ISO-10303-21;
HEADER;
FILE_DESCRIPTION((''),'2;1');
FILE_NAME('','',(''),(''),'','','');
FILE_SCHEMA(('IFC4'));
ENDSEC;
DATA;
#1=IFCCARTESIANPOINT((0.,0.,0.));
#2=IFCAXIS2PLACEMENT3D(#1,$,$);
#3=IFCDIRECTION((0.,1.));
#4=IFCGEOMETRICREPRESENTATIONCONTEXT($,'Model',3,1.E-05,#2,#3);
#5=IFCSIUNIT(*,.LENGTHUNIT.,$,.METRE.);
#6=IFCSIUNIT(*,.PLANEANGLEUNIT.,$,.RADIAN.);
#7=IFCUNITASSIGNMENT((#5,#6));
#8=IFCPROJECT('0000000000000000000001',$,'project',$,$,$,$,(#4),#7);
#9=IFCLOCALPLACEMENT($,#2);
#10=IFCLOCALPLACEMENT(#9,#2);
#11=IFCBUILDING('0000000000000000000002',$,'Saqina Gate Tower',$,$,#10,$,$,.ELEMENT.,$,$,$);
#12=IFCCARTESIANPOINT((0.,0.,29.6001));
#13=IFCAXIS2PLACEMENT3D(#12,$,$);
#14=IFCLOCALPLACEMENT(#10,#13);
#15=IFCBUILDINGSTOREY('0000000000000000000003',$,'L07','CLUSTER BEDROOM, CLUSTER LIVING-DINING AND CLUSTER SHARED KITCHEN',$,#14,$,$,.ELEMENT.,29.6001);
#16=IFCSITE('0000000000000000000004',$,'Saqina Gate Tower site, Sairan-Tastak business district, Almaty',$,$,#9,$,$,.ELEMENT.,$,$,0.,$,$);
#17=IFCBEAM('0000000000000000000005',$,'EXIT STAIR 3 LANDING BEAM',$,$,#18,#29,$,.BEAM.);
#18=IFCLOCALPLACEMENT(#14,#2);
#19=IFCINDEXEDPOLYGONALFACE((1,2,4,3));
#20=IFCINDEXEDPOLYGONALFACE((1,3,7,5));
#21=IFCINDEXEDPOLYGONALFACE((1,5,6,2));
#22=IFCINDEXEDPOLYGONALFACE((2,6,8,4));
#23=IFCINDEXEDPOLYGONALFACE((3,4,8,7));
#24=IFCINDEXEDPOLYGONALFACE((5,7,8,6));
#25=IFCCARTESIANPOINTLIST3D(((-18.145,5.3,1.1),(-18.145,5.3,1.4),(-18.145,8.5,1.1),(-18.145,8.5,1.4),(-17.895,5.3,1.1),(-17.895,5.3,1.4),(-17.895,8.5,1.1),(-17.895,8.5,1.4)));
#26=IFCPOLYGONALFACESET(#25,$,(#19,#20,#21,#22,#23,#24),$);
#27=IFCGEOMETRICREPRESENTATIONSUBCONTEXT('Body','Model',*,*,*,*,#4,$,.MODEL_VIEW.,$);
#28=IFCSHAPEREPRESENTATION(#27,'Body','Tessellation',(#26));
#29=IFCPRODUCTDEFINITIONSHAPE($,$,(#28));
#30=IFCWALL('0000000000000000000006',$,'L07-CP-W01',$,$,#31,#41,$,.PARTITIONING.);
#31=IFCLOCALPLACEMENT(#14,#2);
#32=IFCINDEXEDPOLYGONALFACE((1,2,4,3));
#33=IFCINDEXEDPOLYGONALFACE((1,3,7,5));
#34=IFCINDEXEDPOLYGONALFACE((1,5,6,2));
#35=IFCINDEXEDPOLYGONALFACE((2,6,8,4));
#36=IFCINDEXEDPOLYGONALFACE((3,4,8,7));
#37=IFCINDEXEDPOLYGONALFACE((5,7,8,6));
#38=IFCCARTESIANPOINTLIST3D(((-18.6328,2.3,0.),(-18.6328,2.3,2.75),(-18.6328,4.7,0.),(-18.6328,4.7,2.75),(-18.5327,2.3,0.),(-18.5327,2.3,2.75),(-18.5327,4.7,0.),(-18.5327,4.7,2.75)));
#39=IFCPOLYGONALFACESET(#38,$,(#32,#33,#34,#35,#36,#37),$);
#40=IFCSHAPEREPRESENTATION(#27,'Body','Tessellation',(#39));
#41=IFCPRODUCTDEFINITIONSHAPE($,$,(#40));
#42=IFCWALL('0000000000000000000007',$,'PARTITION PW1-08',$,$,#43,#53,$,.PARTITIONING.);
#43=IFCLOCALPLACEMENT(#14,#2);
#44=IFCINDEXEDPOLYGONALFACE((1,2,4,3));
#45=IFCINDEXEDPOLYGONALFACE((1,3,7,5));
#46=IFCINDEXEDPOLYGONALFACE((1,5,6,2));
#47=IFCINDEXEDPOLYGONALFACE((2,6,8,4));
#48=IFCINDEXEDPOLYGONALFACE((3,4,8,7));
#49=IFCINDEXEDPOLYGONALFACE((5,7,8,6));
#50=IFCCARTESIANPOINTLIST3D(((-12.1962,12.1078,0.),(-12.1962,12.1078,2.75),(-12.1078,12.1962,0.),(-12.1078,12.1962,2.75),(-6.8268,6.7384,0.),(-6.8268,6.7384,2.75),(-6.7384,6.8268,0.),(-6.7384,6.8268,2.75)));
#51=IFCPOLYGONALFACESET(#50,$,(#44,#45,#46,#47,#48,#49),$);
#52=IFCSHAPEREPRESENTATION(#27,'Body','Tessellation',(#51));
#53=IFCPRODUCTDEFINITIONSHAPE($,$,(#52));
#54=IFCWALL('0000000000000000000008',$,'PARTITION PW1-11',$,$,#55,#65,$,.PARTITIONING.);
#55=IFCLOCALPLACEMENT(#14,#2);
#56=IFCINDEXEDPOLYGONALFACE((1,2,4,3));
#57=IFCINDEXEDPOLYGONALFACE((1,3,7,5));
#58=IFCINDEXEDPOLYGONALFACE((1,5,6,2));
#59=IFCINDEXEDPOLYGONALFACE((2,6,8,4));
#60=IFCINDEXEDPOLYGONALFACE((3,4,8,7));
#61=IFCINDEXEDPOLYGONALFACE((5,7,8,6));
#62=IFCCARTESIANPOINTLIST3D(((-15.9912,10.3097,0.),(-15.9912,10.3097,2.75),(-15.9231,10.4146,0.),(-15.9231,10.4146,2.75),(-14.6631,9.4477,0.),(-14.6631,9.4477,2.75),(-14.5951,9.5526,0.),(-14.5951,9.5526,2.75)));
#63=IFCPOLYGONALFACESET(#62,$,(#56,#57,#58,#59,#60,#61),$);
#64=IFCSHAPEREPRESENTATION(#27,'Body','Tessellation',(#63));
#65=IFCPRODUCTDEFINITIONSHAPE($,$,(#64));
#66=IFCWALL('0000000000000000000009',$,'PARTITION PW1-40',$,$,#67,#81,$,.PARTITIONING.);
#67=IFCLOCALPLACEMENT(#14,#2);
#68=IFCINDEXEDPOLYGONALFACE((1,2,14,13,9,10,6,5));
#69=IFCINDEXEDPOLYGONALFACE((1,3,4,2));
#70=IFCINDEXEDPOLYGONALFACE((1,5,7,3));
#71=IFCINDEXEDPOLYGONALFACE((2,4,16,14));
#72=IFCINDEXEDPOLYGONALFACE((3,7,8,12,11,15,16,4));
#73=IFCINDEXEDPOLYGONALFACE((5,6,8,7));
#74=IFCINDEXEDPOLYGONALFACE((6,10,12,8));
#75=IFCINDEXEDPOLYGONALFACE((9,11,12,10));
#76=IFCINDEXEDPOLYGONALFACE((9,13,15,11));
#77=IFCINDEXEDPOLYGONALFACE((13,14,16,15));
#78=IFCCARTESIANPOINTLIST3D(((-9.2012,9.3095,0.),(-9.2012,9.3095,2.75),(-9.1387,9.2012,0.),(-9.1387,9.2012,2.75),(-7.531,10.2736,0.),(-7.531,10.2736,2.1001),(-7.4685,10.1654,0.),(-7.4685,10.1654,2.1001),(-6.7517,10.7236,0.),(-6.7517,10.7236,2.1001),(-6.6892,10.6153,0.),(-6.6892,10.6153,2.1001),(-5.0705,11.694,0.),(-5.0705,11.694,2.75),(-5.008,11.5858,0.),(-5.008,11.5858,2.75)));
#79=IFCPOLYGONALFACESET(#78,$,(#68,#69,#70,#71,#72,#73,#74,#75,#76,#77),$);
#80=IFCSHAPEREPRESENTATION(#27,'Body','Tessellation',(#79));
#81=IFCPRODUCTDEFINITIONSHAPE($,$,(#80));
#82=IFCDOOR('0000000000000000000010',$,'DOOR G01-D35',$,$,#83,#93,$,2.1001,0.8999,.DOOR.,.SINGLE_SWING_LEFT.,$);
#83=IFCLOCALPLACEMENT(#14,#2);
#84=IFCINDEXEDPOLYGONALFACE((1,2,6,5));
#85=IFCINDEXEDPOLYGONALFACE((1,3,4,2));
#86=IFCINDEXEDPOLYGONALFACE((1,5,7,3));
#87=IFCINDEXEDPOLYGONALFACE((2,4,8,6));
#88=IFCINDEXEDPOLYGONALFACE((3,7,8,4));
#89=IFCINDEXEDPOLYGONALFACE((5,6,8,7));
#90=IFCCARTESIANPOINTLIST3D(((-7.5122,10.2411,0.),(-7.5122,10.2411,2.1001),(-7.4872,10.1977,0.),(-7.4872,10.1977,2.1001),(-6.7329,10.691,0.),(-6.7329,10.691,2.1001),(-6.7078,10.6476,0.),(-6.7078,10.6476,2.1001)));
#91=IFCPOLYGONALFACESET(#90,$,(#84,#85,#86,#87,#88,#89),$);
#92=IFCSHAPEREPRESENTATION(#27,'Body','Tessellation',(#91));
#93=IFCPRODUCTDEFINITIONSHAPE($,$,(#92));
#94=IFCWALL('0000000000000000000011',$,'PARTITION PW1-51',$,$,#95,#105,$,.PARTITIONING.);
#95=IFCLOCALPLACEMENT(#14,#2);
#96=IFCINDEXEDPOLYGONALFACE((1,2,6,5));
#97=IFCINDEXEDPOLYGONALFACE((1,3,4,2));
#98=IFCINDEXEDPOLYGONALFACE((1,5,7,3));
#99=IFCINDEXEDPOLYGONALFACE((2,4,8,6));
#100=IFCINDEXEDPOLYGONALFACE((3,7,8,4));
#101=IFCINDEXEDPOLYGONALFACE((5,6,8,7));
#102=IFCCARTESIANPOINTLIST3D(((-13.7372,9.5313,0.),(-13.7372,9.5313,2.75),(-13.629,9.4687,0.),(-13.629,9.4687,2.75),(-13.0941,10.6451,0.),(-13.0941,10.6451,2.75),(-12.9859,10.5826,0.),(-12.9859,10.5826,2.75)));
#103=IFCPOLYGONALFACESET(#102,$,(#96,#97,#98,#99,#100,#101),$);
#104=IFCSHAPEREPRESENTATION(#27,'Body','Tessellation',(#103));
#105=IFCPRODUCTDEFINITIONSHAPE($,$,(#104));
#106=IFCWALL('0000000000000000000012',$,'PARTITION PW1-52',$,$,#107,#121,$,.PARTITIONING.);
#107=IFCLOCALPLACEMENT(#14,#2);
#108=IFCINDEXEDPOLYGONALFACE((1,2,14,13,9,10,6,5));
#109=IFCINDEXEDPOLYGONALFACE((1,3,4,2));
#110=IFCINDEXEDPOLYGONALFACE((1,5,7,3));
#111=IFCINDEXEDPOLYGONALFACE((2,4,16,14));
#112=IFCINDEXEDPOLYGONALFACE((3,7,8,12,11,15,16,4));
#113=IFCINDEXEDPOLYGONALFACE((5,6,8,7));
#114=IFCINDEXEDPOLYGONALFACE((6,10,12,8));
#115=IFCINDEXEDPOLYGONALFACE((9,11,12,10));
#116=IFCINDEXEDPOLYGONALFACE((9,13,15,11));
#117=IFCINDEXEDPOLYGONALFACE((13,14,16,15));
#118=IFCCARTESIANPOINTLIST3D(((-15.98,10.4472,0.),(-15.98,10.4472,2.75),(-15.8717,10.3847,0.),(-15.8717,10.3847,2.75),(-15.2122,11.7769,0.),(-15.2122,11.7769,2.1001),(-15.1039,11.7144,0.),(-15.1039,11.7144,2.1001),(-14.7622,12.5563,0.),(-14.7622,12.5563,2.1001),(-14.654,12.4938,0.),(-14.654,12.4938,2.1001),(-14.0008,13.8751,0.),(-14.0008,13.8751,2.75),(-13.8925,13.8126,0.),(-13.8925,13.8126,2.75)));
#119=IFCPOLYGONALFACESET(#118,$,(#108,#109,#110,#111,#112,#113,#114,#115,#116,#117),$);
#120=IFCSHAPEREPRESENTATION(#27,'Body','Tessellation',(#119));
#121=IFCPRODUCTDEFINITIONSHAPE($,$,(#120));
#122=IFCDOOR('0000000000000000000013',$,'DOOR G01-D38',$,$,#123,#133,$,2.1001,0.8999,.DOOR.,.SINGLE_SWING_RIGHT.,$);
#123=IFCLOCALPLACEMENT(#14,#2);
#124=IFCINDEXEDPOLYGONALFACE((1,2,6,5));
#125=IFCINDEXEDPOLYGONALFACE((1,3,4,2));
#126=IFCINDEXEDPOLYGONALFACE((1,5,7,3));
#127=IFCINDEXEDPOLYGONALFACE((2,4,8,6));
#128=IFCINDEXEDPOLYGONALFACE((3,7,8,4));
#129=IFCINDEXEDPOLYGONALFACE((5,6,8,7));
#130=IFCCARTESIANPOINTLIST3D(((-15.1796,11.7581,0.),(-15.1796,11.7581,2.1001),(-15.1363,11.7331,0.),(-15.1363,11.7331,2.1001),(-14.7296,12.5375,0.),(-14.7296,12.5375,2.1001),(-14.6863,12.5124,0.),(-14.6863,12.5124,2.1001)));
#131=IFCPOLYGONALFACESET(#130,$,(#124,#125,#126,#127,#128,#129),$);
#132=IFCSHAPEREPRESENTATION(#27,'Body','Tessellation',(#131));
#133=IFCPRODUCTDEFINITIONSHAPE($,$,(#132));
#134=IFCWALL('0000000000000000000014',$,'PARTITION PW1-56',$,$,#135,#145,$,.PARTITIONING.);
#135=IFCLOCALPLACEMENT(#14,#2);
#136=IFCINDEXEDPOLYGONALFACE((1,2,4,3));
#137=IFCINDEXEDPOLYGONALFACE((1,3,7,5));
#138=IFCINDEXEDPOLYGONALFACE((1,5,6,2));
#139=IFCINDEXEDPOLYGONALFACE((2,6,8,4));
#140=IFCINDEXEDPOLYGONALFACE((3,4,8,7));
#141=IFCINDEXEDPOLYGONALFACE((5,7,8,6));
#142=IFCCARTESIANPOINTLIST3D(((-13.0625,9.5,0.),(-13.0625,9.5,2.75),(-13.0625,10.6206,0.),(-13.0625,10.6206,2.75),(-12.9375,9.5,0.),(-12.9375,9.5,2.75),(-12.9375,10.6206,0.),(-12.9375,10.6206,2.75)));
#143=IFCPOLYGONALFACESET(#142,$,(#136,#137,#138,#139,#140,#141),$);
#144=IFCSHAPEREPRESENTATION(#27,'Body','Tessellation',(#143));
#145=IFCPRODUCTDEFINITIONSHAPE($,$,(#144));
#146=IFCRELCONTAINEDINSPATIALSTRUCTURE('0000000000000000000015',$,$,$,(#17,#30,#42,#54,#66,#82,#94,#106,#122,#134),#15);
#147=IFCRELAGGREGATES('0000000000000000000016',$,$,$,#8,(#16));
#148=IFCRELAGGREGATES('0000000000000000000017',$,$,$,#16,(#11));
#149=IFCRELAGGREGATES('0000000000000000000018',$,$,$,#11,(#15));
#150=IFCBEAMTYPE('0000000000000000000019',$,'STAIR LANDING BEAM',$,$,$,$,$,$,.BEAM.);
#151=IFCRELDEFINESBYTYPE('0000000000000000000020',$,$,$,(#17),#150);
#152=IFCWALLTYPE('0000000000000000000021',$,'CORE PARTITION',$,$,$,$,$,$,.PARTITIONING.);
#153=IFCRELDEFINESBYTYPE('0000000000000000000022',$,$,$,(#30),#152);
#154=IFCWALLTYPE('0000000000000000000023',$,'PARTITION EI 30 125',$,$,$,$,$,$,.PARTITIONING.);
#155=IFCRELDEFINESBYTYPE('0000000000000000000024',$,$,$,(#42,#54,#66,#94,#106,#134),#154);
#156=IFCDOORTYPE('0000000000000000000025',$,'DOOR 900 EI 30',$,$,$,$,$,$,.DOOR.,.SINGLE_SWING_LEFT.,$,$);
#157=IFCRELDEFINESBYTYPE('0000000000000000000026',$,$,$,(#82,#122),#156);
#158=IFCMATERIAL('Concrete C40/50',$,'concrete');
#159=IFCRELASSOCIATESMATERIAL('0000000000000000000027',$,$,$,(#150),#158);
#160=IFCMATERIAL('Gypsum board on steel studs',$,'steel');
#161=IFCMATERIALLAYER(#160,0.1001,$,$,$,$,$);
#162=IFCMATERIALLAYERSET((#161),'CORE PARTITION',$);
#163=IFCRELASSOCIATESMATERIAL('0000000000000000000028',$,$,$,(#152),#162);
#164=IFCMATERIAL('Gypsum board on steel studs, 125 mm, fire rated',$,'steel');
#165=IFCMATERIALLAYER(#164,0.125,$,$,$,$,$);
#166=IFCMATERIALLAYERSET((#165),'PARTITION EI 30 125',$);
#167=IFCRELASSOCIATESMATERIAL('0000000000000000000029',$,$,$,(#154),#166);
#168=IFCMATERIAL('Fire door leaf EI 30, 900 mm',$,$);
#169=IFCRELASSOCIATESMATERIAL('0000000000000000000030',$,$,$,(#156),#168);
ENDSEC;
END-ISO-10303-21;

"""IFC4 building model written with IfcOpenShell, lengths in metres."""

from ifc_helpers import new_model, si_unit, direction, frame, frame_2d, origin, origin_2d, place, context, subcontext, project, spatial, rectangle, extrude, material, layer, layer_set, material_profile, profile_set, type_object, element, fill, save


model = new_model("IFC4")

# Units and contexts
model_context = context("Model", 3, precision=1e-05, world=origin(), true_north=direction((0.0, 1.0)))
body_context = subcontext(model_context, "Body", "Model", "MODEL_VIEW")
ifc_project = project(units=[si_unit("LENGTHUNIT", "METRE"), si_unit("PLANEANGLEUNIT", "RADIAN")], contexts=[model_context])

# Site, building, storey
site_placement = place(None, origin())
site = spatial("IfcSite", under=ifc_project, at=site_placement, Name="Saqina Gate Tower site, Sairan-Tastak business district, Almaty", CompositionType="ELEMENT", RefElevation=0.0)
building_placement = place(site_placement, origin())
building = spatial("IfcBuilding", under=site, at=building_placement, Name="Saqina Gate Tower", CompositionType="ELEMENT")
storey_placement = place(building_placement, frame((0.0, 0.0, 29.6001)))
storey = spatial("IfcBuildingStorey", under=building, at=storey_placement, Name="L07", Description="CLUSTER BEDROOM, CLUSTER LIVING-DINING AND CLUSTER SHARED KITCHEN", CompositionType="ELEMENT", Elevation=29.6001)

# Beam
ifc_material_1 = material(Name="Concrete C40/50", Category="concrete")
ifc_material_profile = material_profile(ifc_material_1, rectangle(XDim=0.25, YDim=0.3, at=origin_2d()), Name="STAIR LANDING BEAM")
ifc_profile_set = profile_set([ifc_material_profile], Name="Concrete C40/50")
beam_type = type_object("IfcBeamType", Name="STAIR LANDING BEAM", PredefinedType="BEAM", material=ifc_profile_set)
beam_placement = place(storey_placement, frame((-18.02, 5.3, 1.25), z_axis=(0.0, 1.0, 0.0), x_axis=(-1.0, 0.0, 0.0)))
element("IfcBeam", 1, at=beam_placement, inside=storey, type_object=beam_type, Name="EXIT STAIR 3 LANDING BEAM", PredefinedType="BEAM", context=body_context, shape_type="SweptSolid", body=[
    extrude(rectangle(XDim=0.25, YDim=0.3, at=origin_2d()), origin(), (0.0, 0.0, 1.0), 3.2),
])

# Walls
ifc_material_2 = material(Name="Gypsum board on steel studs", Category="steel")
ifc_layer_1 = layer(ifc_material_2, 0.1001)
ifc_layer_set_1 = layer_set([ifc_layer_1], Name="CORE PARTITION")
wall_type_1 = type_object("IfcWallType", Name="CORE PARTITION", PredefinedType="PARTITIONING", material=ifc_layer_set_1)
wall_1_placement = place(storey_placement, frame((-18.5828, 2.3, 0.0), z_axis=(0.0, 0.0, 1.0), x_axis=(0.0, 1.0, 0.0)))
element("IfcWall", 2, at=wall_1_placement, inside=storey, type_object=wall_type_1, Name="L07-CP-W01", PredefinedType="PARTITIONING", context=body_context, shape_type="SweptSolid", body=[
    extrude(rectangle(XDim=2.3999, YDim=0.1001, at=frame_2d((1.2, 0.0))), origin(), (0.0, 0.0, 1.0), 2.75),
])
ifc_material_3 = material(Name="Gypsum board on steel studs, 125 mm, fire rated", Category="steel")
ifc_layer_2 = layer(ifc_material_3, 0.125)
ifc_layer_set_2 = layer_set([ifc_layer_2], Name="PARTITION EI 30 125")
wall_type_2 = type_object("IfcWallType", Name="PARTITION EI 30 125", PredefinedType="PARTITIONING", material=ifc_layer_set_2)
wall_2_placement = place(storey_placement, frame((-12.1521, 12.1521, 0.0), z_axis=(0.0, 0.0, 1.0), x_axis=(0.707107, -0.707107, 0.0)))
element("IfcWall", 3, at=wall_2_placement, inside=storey, type_object=wall_type_2, Name="PARTITION PW1-08", PredefinedType="PARTITIONING", context=body_context, shape_type="SweptSolid", body=[
    extrude(rectangle(XDim=7.5935, YDim=0.125, at=frame_2d((3.7969, 0.0))), origin(), (0.0, 0.0, 1.0), 2.75),
])
wall_3_placement = place(storey_placement, frame((-15.957, 10.3621, 0.0), z_axis=(0.0, 0.0, 1.0), x_axis=(0.838796, -0.544446, 0.0)))
element("IfcWall", 4, at=wall_3_placement, inside=storey, type_object=wall_type_2, Name="PARTITION PW1-11", PredefinedType="PARTITIONING", context=body_context, shape_type="SweptSolid", body=[
    extrude(rectangle(XDim=1.5833, YDim=0.125, at=frame_2d((0.7915, 0.0))), origin(), (0.0, 0.0, 1.0), 2.75),
])

# Wall, opening, door
wall_4_placement = place(storey_placement, frame((-9.1699, 9.2554, 0.0), z_axis=(0.0, 0.0, 1.0), x_axis=(0.866052, 0.499954, 0.0)))
wall_4 = element("IfcWall", 5, at=wall_4_placement, inside=storey, type_object=wall_type_2, Name="PARTITION PW1-40", PredefinedType="PARTITIONING", context=body_context, shape_type="SweptSolid", body=[
    extrude(rectangle(XDim=4.7695, YDim=0.125, at=frame_2d((2.3848, 0.0))), origin(), (0.0, 0.0, 1.0), 2.75),
])
opening_1_placement = place(wall_4_placement, frame((1.9285, 0.0, 0.0)))
opening_1 = element("IfcOpeningElement", 6, at=opening_1_placement, cuts=wall_4, PredefinedType="OPENING", context=body_context, shape_type="SweptSolid", body=[
    extrude(rectangle(XDim=0.8999, YDim=2.1001, at=frame_2d((0.45, 1.05))), frame((0.0, 0.0745, 0.0), z_axis=(0.0, -1.0, 0.0), x_axis=(1.0, 0.0, 0.0)), (0.0, 0.0, 1.0), 0.1489),
])
ifc_material_4 = material(Name="Fire door leaf EI 30, 900 mm")
door_type_1 = type_object("IfcDoorType", Name="DOOR 900 EI 30", OperationType="SINGLE_SWING_LEFT", PredefinedType="DOOR", material=ifc_material_4)
door_1_placement = place(opening_1_placement, origin())
door_1 = element("IfcDoor", 7, at=door_1_placement, inside=storey, type_object=door_type_1, Name="DOOR G01-D35", OperationType="SINGLE_SWING_LEFT", OverallHeight=2.1001, OverallWidth=0.8999, PredefinedType="DOOR", context=body_context, shape_type="SweptSolid", body=[
    extrude(rectangle(XDim=0.8999, YDim=2.1001, at=frame_2d((0.45, 1.05))), frame((0.0, 0.0249, 0.0), z_axis=(0.0, -1.0, 0.0), x_axis=(1.0, 0.0, 0.0)), (0.0, 0.0, 1.0), 0.05),
])
fill(opening_1, door_1)

# Wall
wall_5_placement = place(storey_placement, frame((-13.6831, 9.5, 0.0), z_axis=(0.0, 0.0, 1.0), x_axis=(0.500018, 0.866015, 0.0)))
element("IfcWall", 8, at=wall_5_placement, inside=storey, type_object=wall_type_2, Name="PARTITION PW1-51", PredefinedType="PARTITIONING", context=body_context, shape_type="SweptSolid", body=[
    extrude(rectangle(XDim=1.2861, YDim=0.125, at=frame_2d((0.6431, 0.0))), origin(), (0.0, 0.0, 1.0), 2.75),
])

# Wall, opening, door
wall_6_placement = place(storey_placement, frame((-15.9258, 10.416, 0.0), z_axis=(0.0, 0.0, 1.0), x_axis=(0.50002, 0.866014, 0.0)))
wall_6 = element("IfcWall", 9, at=wall_6_placement, inside=storey, type_object=wall_type_2, Name="PARTITION PW1-52", PredefinedType="PARTITIONING", context=body_context, shape_type="SweptSolid", body=[
    extrude(rectangle(XDim=3.9583, YDim=0.125, at=frame_2d((1.979, 0.0))), origin(), (0.0, 0.0, 1.0), 2.75),
])
opening_2_placement = place(wall_6_placement, frame((1.5354, 0.0, 0.0)))
opening_2 = element("IfcOpeningElement", 10, at=opening_2_placement, cuts=wall_6, PredefinedType="OPENING", context=body_context, shape_type="SweptSolid", body=[
    extrude(rectangle(XDim=0.8999, YDim=2.1001, at=frame_2d((0.45, 1.05))), frame((0.0, 0.0745, 0.0), z_axis=(0.0, -1.0, 0.0), x_axis=(1.0, 0.0, 0.0)), (0.0, 0.0, 1.0), 0.1489),
])
door_2_placement = place(opening_2_placement, origin())
door_2 = element("IfcDoor", 11, at=door_2_placement, inside=storey, type_object=door_type_1, Name="DOOR G01-D38", OperationType="SINGLE_SWING_RIGHT", OverallHeight=2.1001, OverallWidth=0.8999, PredefinedType="DOOR", context=body_context, shape_type="SweptSolid", body=[
    extrude(rectangle(XDim=0.8999, YDim=2.1001, at=frame_2d((0.45, 1.05))), frame((0.0, 0.0249, 0.0), z_axis=(0.0, -1.0, 0.0), x_axis=(1.0, 0.0, 0.0)), (0.0, 0.0, 1.0), 0.05),
])
fill(opening_2, door_2)

# Wall
wall_7_placement = place(storey_placement, frame((-13.0, 9.5, 0.0), z_axis=(0.0, 0.0, 1.0), x_axis=(0.0, 1.0, 0.0)))
element("IfcWall", 12, at=wall_7_placement, inside=storey, type_object=wall_type_2, Name="PARTITION PW1-56", PredefinedType="PARTITIONING", context=body_context, shape_type="SweptSolid", body=[
    extrude(rectangle(XDim=1.1206, YDim=0.125, at=frame_2d((0.5603, 0.0))), origin(), (0.0, 0.0, 1.0), 2.75),
])

save(model, "model.ifc")
